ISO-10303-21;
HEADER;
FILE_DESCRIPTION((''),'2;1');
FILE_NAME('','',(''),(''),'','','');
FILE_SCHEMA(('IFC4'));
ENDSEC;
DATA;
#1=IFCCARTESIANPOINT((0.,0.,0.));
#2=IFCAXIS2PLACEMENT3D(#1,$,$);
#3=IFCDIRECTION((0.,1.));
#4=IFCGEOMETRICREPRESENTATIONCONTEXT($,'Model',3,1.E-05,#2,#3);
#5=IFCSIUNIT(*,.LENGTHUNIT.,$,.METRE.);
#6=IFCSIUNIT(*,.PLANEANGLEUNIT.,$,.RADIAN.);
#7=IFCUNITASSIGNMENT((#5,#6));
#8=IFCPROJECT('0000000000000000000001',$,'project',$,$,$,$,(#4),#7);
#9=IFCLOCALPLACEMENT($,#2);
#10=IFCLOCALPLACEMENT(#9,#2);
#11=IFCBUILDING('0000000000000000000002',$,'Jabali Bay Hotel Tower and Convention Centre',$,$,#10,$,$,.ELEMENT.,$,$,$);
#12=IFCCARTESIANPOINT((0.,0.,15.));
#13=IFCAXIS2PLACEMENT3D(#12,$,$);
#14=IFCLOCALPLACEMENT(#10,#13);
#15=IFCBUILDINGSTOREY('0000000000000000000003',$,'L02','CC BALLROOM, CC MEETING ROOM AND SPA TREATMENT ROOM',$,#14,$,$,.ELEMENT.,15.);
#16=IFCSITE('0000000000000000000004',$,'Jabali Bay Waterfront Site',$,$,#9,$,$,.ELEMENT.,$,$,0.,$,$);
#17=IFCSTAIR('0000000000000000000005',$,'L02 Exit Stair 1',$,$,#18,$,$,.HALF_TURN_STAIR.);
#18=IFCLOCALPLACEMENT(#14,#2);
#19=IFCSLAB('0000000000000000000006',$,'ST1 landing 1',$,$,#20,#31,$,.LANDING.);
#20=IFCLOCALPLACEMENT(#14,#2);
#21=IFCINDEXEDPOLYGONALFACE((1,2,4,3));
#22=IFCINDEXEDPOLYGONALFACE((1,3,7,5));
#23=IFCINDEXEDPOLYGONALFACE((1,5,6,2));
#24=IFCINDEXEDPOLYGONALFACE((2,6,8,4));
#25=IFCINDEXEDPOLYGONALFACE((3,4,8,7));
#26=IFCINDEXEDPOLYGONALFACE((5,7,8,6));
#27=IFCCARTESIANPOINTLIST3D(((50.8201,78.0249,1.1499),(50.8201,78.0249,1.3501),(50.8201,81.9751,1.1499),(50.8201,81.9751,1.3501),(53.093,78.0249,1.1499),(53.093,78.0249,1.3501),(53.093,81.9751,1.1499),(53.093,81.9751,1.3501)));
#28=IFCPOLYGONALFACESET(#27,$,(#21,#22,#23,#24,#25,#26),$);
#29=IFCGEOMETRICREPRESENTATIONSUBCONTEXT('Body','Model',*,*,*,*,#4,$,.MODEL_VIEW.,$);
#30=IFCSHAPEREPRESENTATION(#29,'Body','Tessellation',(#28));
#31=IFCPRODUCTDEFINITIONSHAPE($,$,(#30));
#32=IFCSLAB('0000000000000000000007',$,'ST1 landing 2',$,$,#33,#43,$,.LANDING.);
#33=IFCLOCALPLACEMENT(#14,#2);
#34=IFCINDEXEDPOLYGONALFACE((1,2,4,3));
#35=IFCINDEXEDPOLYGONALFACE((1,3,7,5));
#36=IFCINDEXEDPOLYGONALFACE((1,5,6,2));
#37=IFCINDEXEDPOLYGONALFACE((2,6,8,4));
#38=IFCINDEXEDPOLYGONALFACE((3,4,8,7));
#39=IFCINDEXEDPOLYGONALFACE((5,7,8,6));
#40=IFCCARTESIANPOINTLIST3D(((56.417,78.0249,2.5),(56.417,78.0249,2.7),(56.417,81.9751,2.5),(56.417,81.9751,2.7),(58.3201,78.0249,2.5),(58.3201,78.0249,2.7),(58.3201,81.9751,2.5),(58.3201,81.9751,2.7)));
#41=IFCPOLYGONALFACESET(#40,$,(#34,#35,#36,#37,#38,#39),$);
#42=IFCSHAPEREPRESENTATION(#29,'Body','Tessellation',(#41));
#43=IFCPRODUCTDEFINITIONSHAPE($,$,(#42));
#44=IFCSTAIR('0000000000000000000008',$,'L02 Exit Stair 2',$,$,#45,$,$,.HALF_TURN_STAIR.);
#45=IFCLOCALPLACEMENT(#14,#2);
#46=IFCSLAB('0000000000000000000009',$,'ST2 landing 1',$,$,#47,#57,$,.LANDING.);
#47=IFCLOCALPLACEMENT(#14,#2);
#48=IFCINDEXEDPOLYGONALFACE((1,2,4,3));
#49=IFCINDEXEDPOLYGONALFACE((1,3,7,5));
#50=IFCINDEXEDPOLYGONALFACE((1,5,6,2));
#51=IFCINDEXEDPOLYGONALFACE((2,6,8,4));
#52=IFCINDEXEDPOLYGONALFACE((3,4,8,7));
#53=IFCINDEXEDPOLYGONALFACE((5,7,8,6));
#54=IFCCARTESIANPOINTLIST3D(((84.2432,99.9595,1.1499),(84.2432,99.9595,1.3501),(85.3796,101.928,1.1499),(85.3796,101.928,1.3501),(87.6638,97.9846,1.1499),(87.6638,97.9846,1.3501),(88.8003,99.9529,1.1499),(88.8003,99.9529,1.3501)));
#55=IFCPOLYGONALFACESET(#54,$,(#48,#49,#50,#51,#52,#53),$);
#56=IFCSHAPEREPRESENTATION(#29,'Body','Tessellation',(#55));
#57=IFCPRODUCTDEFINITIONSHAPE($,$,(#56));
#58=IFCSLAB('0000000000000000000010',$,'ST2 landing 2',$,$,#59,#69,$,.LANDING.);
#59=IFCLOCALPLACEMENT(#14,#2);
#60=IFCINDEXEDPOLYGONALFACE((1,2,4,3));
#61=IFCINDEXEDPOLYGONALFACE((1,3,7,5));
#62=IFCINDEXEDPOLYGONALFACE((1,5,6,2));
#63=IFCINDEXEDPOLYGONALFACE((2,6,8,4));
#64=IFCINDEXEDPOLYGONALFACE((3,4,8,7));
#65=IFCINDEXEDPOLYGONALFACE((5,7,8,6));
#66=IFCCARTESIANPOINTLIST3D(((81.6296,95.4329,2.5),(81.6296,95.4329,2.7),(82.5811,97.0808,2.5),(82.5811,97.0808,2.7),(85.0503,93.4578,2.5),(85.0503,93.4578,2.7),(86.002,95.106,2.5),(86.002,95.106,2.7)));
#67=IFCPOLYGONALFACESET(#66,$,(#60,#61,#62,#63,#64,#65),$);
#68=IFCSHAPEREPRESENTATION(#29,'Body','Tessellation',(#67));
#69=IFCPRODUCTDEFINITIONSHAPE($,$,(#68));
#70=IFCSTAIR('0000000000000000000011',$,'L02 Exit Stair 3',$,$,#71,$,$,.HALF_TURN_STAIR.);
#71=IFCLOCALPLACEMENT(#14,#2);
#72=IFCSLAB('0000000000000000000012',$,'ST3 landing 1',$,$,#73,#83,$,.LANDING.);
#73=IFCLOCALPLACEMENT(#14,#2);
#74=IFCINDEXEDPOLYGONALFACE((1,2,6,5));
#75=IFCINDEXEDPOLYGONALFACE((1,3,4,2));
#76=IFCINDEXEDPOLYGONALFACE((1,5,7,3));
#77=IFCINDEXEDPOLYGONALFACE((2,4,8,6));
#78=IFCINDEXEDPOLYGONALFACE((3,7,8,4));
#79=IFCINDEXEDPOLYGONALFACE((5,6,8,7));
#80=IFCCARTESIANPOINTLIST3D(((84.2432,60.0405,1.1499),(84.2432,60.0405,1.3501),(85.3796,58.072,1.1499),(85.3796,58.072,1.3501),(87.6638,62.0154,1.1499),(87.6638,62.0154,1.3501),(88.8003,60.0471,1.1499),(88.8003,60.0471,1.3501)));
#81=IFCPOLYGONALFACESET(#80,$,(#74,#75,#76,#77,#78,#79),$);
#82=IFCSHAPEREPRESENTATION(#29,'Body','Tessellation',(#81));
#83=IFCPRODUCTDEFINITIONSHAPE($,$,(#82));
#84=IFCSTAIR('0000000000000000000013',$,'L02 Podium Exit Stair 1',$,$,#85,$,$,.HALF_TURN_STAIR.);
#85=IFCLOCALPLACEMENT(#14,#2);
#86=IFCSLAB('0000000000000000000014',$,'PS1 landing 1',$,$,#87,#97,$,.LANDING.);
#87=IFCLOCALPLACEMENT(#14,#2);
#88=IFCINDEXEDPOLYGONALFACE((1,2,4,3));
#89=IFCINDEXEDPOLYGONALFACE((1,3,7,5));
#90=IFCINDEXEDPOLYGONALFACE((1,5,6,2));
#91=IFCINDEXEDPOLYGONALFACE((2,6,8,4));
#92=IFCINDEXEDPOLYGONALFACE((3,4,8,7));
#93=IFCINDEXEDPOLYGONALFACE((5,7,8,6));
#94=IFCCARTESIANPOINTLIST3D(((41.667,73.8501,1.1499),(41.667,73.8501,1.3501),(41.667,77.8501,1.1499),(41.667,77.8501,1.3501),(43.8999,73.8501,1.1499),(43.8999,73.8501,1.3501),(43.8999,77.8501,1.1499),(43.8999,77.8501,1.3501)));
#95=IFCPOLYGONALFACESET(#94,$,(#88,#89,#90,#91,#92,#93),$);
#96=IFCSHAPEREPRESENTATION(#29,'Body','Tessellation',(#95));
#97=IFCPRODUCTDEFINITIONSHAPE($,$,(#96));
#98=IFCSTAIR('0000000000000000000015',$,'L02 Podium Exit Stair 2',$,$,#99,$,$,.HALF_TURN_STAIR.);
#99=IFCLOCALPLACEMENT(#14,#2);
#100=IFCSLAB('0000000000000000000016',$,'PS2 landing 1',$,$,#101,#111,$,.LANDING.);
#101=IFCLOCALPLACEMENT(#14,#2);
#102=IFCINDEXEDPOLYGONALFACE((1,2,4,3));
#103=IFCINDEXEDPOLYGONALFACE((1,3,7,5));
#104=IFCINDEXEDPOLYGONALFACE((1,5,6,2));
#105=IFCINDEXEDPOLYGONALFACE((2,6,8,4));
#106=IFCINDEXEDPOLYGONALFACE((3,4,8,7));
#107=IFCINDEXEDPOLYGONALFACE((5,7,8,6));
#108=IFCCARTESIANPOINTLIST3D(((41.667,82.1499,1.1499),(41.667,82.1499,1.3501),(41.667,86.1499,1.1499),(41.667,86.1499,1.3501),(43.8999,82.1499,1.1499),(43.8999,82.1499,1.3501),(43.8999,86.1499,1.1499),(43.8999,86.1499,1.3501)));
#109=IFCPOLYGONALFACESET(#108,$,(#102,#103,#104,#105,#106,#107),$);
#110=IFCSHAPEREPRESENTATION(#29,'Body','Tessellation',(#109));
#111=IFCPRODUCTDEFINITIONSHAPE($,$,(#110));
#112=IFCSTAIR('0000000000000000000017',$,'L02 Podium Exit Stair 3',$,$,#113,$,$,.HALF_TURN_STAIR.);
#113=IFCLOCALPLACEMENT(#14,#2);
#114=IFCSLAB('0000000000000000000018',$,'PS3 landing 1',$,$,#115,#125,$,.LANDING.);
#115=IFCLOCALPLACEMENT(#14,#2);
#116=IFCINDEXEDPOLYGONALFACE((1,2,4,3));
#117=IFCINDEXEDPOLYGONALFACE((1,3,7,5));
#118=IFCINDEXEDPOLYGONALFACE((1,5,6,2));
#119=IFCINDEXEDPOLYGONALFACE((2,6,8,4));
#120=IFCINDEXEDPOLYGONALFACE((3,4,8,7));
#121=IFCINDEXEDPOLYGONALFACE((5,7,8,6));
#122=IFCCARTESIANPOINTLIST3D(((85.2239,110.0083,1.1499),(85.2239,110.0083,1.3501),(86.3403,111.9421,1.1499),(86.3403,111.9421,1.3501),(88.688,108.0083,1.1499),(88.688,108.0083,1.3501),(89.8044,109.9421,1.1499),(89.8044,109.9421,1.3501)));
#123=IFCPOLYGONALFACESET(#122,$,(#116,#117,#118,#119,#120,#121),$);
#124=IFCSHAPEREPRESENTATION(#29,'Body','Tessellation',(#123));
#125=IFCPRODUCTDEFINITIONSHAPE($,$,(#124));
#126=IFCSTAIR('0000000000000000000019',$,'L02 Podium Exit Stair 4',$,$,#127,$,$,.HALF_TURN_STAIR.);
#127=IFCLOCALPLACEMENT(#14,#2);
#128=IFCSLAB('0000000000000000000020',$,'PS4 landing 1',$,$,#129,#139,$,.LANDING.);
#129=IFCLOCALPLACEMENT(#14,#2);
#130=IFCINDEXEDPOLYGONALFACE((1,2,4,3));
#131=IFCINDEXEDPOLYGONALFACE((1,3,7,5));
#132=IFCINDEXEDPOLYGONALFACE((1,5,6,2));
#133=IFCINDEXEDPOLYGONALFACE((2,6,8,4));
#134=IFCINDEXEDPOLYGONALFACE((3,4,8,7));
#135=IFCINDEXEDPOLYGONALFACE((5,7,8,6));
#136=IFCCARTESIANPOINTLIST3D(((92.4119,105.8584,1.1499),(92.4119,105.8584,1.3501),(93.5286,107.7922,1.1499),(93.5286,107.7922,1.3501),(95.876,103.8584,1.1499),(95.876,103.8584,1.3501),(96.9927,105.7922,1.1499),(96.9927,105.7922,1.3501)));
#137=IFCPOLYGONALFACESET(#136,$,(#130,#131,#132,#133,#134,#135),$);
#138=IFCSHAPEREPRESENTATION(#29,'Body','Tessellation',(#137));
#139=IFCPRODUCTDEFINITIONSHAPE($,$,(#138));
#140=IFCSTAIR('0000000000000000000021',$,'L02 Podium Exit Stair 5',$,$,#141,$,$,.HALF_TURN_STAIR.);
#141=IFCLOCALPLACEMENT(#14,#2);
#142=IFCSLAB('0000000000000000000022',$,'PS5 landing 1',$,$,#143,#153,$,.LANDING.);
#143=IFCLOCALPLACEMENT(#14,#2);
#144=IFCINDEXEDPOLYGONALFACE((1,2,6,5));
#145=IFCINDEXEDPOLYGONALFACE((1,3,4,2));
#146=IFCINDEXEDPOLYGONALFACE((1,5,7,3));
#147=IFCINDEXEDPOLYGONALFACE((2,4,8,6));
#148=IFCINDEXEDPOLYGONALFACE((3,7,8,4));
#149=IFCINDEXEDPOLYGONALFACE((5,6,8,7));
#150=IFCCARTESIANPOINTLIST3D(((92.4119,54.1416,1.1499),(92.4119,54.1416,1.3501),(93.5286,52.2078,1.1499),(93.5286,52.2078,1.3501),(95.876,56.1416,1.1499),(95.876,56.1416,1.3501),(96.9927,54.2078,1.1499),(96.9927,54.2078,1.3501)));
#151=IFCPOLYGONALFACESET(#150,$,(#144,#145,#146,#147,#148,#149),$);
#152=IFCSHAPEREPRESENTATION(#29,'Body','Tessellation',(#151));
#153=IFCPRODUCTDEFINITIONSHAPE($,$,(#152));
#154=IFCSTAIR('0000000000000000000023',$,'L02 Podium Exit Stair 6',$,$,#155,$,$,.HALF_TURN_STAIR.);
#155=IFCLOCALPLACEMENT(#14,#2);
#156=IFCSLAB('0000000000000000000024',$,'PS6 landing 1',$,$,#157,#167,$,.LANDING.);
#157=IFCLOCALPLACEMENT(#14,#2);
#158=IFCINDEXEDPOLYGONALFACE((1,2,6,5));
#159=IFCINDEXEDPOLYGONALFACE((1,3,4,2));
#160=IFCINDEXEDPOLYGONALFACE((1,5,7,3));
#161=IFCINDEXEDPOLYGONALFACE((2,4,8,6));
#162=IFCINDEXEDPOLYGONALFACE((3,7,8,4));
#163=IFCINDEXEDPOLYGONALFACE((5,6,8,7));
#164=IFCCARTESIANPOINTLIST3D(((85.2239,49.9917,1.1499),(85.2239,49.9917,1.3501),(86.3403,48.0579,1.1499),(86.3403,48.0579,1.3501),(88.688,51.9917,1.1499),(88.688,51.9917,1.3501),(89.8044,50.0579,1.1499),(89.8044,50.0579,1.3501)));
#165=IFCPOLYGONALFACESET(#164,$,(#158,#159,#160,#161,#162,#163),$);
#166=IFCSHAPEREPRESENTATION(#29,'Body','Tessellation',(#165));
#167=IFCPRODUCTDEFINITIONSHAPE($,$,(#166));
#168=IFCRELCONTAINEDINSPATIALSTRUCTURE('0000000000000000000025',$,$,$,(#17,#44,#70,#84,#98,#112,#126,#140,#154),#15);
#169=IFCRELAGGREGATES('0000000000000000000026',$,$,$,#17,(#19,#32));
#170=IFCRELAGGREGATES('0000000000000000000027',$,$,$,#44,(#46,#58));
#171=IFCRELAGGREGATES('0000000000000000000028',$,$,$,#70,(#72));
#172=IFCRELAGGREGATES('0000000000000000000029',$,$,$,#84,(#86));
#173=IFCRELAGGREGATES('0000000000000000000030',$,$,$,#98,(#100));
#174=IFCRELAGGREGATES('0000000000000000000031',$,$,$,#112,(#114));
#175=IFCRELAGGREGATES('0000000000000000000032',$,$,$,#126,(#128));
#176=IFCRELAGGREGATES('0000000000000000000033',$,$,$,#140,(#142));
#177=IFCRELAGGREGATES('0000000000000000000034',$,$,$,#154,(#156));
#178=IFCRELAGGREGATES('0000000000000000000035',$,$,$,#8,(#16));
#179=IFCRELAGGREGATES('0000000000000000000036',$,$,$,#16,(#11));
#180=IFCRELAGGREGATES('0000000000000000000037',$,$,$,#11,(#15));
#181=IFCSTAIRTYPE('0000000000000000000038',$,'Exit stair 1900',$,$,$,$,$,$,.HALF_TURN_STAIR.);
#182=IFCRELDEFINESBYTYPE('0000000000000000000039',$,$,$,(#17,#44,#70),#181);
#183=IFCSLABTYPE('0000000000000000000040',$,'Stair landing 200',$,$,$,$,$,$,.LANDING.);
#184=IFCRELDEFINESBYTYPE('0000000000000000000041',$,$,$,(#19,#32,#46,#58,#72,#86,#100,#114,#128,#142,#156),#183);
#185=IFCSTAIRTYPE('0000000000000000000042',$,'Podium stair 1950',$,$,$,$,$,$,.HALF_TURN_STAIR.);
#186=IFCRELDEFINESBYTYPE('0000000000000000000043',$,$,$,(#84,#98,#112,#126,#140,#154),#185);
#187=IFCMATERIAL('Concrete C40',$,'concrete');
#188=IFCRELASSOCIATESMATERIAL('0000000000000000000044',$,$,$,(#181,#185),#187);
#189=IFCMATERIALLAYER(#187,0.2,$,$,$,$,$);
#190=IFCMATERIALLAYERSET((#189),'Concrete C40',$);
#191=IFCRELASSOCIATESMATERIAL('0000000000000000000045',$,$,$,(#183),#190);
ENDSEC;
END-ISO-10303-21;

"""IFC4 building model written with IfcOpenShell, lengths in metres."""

from ifc_helpers import new_model, si_unit, direction, frame, origin, place, context, subcontext, project, spatial, polyline, outline, extrude, material, layer, layer_set, type_object, element, aggregate, save


model = new_model("IFC4")

# Units and contexts
model_context = context("Model", 3, precision=1e-05, world=origin(), true_north=direction((0.0, 1.0)))
body_context = subcontext(model_context, "Body", "Model", "MODEL_VIEW")
ifc_project = project(units=[si_unit("LENGTHUNIT", "METRE"), si_unit("PLANEANGLEUNIT", "RADIAN")], contexts=[model_context])

# Site, building, storey
site_placement = place(None, origin())
site = spatial("IfcSite", under=ifc_project, at=site_placement, Name="Jabali Bay Waterfront Site", CompositionType="ELEMENT", RefElevation=0.0)
building_placement = place(site_placement, origin())
building = spatial("IfcBuilding", under=site, at=building_placement, Name="Jabali Bay Hotel Tower and Convention Centre", CompositionType="ELEMENT")
storey_placement = place(building_placement, frame((0.0, 0.0, 15.0)))
storey = spatial("IfcBuildingStorey", under=building, at=storey_placement, Name="L02", Description="CC BALLROOM, CC MEETING ROOM AND SPA TREATMENT ROOM", CompositionType="ELEMENT", Elevation=15.0)

# Shared definitions
ifc_material = material(Name="Concrete C40", Category="concrete")

# Stairs, slabs
stair_type_1 = type_object("IfcStairType", Name="Exit stair 1900", PredefinedType="HALF_TURN_STAIR", material=ifc_material)
stair_1_placement = place(storey_placement, origin())
stair_1 = element("IfcStair", 1, at=stair_1_placement, inside=storey, type_object=stair_type_1, Name="L02 Exit Stair 1", PredefinedType="HALF_TURN_STAIR")
ifc_layer_1 = layer(ifc_material, 0.2)
ifc_layer_set_1 = layer_set([ifc_layer_1], Name="Concrete C40")
slab_type_1 = type_object("IfcSlabType", Name="Stair landing 200", PredefinedType="LANDING", material=ifc_layer_set_1)
slab_1_placement = place(storey_placement, frame((0.0, 0.0, 1.1499)))
slab_1 = element("IfcSlab", 2, at=slab_1_placement, type_object=slab_type_1, Name="ST1 landing 1", PredefinedType="LANDING", context=body_context, shape_type="SweptSolid", body=[
    extrude(outline(polyline([(53.093, 81.9751), (50.8201, 81.9751), (50.8201, 78.0249), (53.093, 78.0249), (53.093, 81.9751)])), origin(), (0.0, 0.0, 1.0), 0.2002),
])
slab_2_placement = place(storey_placement, frame((0.0, 0.0, 2.5)))
slab_2 = element("IfcSlab", 3, at=slab_2_placement, type_object=slab_type_1, Name="ST1 landing 2", PredefinedType="LANDING", context=body_context, shape_type="SweptSolid", body=[
    extrude(outline(polyline([(58.3201, 81.9751), (56.417, 81.9751), (56.417, 78.0249), (58.3201, 78.0249), (58.3201, 81.9751)])), origin(), (0.0, 0.0, 1.0), 0.2),
])
aggregate(stair_1, [slab_1, slab_2])
stair_2_placement = place(storey_placement, origin())
stair_2 = element("IfcStair", 4, at=stair_2_placement, inside=storey, type_object=stair_type_1, Name="L02 Exit Stair 2", PredefinedType="HALF_TURN_STAIR")
slab_3_placement = place(storey_placement, frame((0.0, 0.0, 1.1499)))
slab_3 = element("IfcSlab", 5, at=slab_3_placement, type_object=slab_type_1, Name="ST2 landing 1", PredefinedType="LANDING", context=body_context, shape_type="SweptSolid", body=[
    extrude(outline(polyline([(87.6638, 97.9846), (88.8003, 99.9529), (85.3796, 101.928), (84.2432, 99.9595), (87.6638, 97.9846)])), origin(), (0.0, 0.0, 1.0), 0.2002),
])
slab_4_placement = place(storey_placement, frame((0.0, 0.0, 2.5)))
slab_4 = element("IfcSlab", 6, at=slab_4_placement, type_object=slab_type_1, Name="ST2 landing 2", PredefinedType="LANDING", context=body_context, shape_type="SweptSolid", body=[
    extrude(outline(polyline([(85.0503, 93.4578), (86.002, 95.106), (82.5811, 97.0808), (81.6296, 95.4329), (85.0503, 93.4578)])), origin(), (0.0, 0.0, 1.0), 0.2),
])
aggregate(stair_2, [slab_3, slab_4])

# Stairs, slabs
stair_3_placement = place(storey_placement, origin())
stair_3 = element("IfcStair", 7, at=stair_3_placement, inside=storey, type_object=stair_type_1, Name="L02 Exit Stair 3", PredefinedType="HALF_TURN_STAIR")
slab_5_placement = place(storey_placement, frame((0.0, 0.0, 1.1499)))
slab_5 = element("IfcSlab", 8, at=slab_5_placement, type_object=slab_type_1, Name="ST3 landing 1", PredefinedType="LANDING", context=body_context, shape_type="SweptSolid", body=[
    extrude(outline(polyline([(84.2432, 60.0405), (85.3796, 58.072), (88.8003, 60.0471), (87.6638, 62.0154), (84.2432, 60.0405)])), origin(), (0.0, 0.0, 1.0), 0.2002),
])
aggregate(stair_3, [slab_5])
stair_type_2 = type_object("IfcStairType", Name="Podium stair 1950", PredefinedType="HALF_TURN_STAIR", material=ifc_material)
stair_4_placement = place(storey_placement, origin())
stair_4 = element("IfcStair", 9, at=stair_4_placement, inside=storey, type_object=stair_type_2, Name="L02 Podium Exit Stair 1", PredefinedType="HALF_TURN_STAIR")
slab_6_placement = place(storey_placement, frame((0.0, 0.0, 1.1499)))
slab_6 = element("IfcSlab", 10, at=slab_6_placement, type_object=slab_type_1, Name="PS1 landing 1", PredefinedType="LANDING", context=body_context, shape_type="SweptSolid", body=[
    extrude(outline(polyline([(41.667, 73.8501), (43.8999, 73.8501), (43.8999, 77.8501), (41.667, 77.8501), (41.667, 73.8501)])), origin(), (0.0, 0.0, 1.0), 0.2002),
])
aggregate(stair_4, [slab_6])
stair_5_placement = place(storey_placement, origin())
stair_5 = element("IfcStair", 11, at=stair_5_placement, inside=storey, type_object=stair_type_2, Name="L02 Podium Exit Stair 2", PredefinedType="HALF_TURN_STAIR")
slab_7_placement = place(storey_placement, frame((0.0, 0.0, 1.1499)))
slab_7 = element("IfcSlab", 12, at=slab_7_placement, type_object=slab_type_1, Name="PS2 landing 1", PredefinedType="LANDING", context=body_context, shape_type="SweptSolid", body=[
    extrude(outline(polyline([(41.667, 82.1499), (43.8999, 82.1499), (43.8999, 86.1499), (41.667, 86.1499), (41.667, 82.1499)])), origin(), (0.0, 0.0, 1.0), 0.2002),
])
aggregate(stair_5, [slab_7])
stair_6_placement = place(storey_placement, origin())
stair_6 = element("IfcStair", 13, at=stair_6_placement, inside=storey, type_object=stair_type_2, Name="L02 Podium Exit Stair 3", PredefinedType="HALF_TURN_STAIR")
slab_8_placement = place(storey_placement, frame((0.0, 0.0, 1.1499)))
slab_8 = element("IfcSlab", 14, at=slab_8_placement, type_object=slab_type_1, Name="PS3 landing 1", PredefinedType="LANDING", context=body_context, shape_type="SweptSolid", body=[
    extrude(outline(polyline([(86.3403, 111.9421), (85.2239, 110.0083), (88.688, 108.0083), (89.8044, 109.9421), (86.3403, 111.9421)])), origin(), (0.0, 0.0, 1.0), 0.2002),
])
aggregate(stair_6, [slab_8])
stair_7_placement = place(storey_placement, origin())
stair_7 = element("IfcStair", 15, at=stair_7_placement, inside=storey, type_object=stair_type_2, Name="L02 Podium Exit Stair 4", PredefinedType="HALF_TURN_STAIR")
slab_9_placement = place(storey_placement, frame((0.0, 0.0, 1.1499)))
slab_9 = element("IfcSlab", 16, at=slab_9_placement, type_object=slab_type_1, Name="PS4 landing 1", PredefinedType="LANDING", context=body_context, shape_type="SweptSolid", body=[
    extrude(outline(polyline([(93.5286, 107.7922), (92.4119, 105.8584), (95.876, 103.8584), (96.9927, 105.7922), (93.5286, 107.7922)])), origin(), (0.0, 0.0, 1.0), 0.2002),
])
aggregate(stair_7, [slab_9])
stair_8_placement = place(storey_placement, origin())
stair_8 = element("IfcStair", 17, at=stair_8_placement, inside=storey, type_object=stair_type_2, Name="L02 Podium Exit Stair 5", PredefinedType="HALF_TURN_STAIR")
slab_10_placement = place(storey_placement, frame((0.0, 0.0, 1.1499)))
slab_10 = element("IfcSlab", 18, at=slab_10_placement, type_object=slab_type_1, Name="PS5 landing 1", PredefinedType="LANDING", context=body_context, shape_type="SweptSolid", body=[
    extrude(outline(polyline([(96.9927, 54.2078), (95.876, 56.1416), (92.4119, 54.1416), (93.5286, 52.2078), (96.9927, 54.2078)])), origin(), (0.0, 0.0, 1.0), 0.2002),
])
aggregate(stair_8, [slab_10])
stair_9_placement = place(storey_placement, origin())
stair_9 = element("IfcStair", 19, at=stair_9_placement, inside=storey, type_object=stair_type_2, Name="L02 Podium Exit Stair 6", PredefinedType="HALF_TURN_STAIR")
slab_11_placement = place(storey_placement, frame((0.0, 0.0, 1.1499)))
slab_11 = element("IfcSlab", 20, at=slab_11_placement, type_object=slab_type_1, Name="PS6 landing 1", PredefinedType="LANDING", context=body_context, shape_type="SweptSolid", body=[
    extrude(outline(polyline([(89.8044, 50.0579), (88.688, 51.9917), (85.2239, 49.9917), (86.3403, 48.0579), (89.8044, 50.0579)])), origin(), (0.0, 0.0, 1.0), 0.2002),
])
aggregate(stair_9, [slab_11])

save(model, "model.ifc")
